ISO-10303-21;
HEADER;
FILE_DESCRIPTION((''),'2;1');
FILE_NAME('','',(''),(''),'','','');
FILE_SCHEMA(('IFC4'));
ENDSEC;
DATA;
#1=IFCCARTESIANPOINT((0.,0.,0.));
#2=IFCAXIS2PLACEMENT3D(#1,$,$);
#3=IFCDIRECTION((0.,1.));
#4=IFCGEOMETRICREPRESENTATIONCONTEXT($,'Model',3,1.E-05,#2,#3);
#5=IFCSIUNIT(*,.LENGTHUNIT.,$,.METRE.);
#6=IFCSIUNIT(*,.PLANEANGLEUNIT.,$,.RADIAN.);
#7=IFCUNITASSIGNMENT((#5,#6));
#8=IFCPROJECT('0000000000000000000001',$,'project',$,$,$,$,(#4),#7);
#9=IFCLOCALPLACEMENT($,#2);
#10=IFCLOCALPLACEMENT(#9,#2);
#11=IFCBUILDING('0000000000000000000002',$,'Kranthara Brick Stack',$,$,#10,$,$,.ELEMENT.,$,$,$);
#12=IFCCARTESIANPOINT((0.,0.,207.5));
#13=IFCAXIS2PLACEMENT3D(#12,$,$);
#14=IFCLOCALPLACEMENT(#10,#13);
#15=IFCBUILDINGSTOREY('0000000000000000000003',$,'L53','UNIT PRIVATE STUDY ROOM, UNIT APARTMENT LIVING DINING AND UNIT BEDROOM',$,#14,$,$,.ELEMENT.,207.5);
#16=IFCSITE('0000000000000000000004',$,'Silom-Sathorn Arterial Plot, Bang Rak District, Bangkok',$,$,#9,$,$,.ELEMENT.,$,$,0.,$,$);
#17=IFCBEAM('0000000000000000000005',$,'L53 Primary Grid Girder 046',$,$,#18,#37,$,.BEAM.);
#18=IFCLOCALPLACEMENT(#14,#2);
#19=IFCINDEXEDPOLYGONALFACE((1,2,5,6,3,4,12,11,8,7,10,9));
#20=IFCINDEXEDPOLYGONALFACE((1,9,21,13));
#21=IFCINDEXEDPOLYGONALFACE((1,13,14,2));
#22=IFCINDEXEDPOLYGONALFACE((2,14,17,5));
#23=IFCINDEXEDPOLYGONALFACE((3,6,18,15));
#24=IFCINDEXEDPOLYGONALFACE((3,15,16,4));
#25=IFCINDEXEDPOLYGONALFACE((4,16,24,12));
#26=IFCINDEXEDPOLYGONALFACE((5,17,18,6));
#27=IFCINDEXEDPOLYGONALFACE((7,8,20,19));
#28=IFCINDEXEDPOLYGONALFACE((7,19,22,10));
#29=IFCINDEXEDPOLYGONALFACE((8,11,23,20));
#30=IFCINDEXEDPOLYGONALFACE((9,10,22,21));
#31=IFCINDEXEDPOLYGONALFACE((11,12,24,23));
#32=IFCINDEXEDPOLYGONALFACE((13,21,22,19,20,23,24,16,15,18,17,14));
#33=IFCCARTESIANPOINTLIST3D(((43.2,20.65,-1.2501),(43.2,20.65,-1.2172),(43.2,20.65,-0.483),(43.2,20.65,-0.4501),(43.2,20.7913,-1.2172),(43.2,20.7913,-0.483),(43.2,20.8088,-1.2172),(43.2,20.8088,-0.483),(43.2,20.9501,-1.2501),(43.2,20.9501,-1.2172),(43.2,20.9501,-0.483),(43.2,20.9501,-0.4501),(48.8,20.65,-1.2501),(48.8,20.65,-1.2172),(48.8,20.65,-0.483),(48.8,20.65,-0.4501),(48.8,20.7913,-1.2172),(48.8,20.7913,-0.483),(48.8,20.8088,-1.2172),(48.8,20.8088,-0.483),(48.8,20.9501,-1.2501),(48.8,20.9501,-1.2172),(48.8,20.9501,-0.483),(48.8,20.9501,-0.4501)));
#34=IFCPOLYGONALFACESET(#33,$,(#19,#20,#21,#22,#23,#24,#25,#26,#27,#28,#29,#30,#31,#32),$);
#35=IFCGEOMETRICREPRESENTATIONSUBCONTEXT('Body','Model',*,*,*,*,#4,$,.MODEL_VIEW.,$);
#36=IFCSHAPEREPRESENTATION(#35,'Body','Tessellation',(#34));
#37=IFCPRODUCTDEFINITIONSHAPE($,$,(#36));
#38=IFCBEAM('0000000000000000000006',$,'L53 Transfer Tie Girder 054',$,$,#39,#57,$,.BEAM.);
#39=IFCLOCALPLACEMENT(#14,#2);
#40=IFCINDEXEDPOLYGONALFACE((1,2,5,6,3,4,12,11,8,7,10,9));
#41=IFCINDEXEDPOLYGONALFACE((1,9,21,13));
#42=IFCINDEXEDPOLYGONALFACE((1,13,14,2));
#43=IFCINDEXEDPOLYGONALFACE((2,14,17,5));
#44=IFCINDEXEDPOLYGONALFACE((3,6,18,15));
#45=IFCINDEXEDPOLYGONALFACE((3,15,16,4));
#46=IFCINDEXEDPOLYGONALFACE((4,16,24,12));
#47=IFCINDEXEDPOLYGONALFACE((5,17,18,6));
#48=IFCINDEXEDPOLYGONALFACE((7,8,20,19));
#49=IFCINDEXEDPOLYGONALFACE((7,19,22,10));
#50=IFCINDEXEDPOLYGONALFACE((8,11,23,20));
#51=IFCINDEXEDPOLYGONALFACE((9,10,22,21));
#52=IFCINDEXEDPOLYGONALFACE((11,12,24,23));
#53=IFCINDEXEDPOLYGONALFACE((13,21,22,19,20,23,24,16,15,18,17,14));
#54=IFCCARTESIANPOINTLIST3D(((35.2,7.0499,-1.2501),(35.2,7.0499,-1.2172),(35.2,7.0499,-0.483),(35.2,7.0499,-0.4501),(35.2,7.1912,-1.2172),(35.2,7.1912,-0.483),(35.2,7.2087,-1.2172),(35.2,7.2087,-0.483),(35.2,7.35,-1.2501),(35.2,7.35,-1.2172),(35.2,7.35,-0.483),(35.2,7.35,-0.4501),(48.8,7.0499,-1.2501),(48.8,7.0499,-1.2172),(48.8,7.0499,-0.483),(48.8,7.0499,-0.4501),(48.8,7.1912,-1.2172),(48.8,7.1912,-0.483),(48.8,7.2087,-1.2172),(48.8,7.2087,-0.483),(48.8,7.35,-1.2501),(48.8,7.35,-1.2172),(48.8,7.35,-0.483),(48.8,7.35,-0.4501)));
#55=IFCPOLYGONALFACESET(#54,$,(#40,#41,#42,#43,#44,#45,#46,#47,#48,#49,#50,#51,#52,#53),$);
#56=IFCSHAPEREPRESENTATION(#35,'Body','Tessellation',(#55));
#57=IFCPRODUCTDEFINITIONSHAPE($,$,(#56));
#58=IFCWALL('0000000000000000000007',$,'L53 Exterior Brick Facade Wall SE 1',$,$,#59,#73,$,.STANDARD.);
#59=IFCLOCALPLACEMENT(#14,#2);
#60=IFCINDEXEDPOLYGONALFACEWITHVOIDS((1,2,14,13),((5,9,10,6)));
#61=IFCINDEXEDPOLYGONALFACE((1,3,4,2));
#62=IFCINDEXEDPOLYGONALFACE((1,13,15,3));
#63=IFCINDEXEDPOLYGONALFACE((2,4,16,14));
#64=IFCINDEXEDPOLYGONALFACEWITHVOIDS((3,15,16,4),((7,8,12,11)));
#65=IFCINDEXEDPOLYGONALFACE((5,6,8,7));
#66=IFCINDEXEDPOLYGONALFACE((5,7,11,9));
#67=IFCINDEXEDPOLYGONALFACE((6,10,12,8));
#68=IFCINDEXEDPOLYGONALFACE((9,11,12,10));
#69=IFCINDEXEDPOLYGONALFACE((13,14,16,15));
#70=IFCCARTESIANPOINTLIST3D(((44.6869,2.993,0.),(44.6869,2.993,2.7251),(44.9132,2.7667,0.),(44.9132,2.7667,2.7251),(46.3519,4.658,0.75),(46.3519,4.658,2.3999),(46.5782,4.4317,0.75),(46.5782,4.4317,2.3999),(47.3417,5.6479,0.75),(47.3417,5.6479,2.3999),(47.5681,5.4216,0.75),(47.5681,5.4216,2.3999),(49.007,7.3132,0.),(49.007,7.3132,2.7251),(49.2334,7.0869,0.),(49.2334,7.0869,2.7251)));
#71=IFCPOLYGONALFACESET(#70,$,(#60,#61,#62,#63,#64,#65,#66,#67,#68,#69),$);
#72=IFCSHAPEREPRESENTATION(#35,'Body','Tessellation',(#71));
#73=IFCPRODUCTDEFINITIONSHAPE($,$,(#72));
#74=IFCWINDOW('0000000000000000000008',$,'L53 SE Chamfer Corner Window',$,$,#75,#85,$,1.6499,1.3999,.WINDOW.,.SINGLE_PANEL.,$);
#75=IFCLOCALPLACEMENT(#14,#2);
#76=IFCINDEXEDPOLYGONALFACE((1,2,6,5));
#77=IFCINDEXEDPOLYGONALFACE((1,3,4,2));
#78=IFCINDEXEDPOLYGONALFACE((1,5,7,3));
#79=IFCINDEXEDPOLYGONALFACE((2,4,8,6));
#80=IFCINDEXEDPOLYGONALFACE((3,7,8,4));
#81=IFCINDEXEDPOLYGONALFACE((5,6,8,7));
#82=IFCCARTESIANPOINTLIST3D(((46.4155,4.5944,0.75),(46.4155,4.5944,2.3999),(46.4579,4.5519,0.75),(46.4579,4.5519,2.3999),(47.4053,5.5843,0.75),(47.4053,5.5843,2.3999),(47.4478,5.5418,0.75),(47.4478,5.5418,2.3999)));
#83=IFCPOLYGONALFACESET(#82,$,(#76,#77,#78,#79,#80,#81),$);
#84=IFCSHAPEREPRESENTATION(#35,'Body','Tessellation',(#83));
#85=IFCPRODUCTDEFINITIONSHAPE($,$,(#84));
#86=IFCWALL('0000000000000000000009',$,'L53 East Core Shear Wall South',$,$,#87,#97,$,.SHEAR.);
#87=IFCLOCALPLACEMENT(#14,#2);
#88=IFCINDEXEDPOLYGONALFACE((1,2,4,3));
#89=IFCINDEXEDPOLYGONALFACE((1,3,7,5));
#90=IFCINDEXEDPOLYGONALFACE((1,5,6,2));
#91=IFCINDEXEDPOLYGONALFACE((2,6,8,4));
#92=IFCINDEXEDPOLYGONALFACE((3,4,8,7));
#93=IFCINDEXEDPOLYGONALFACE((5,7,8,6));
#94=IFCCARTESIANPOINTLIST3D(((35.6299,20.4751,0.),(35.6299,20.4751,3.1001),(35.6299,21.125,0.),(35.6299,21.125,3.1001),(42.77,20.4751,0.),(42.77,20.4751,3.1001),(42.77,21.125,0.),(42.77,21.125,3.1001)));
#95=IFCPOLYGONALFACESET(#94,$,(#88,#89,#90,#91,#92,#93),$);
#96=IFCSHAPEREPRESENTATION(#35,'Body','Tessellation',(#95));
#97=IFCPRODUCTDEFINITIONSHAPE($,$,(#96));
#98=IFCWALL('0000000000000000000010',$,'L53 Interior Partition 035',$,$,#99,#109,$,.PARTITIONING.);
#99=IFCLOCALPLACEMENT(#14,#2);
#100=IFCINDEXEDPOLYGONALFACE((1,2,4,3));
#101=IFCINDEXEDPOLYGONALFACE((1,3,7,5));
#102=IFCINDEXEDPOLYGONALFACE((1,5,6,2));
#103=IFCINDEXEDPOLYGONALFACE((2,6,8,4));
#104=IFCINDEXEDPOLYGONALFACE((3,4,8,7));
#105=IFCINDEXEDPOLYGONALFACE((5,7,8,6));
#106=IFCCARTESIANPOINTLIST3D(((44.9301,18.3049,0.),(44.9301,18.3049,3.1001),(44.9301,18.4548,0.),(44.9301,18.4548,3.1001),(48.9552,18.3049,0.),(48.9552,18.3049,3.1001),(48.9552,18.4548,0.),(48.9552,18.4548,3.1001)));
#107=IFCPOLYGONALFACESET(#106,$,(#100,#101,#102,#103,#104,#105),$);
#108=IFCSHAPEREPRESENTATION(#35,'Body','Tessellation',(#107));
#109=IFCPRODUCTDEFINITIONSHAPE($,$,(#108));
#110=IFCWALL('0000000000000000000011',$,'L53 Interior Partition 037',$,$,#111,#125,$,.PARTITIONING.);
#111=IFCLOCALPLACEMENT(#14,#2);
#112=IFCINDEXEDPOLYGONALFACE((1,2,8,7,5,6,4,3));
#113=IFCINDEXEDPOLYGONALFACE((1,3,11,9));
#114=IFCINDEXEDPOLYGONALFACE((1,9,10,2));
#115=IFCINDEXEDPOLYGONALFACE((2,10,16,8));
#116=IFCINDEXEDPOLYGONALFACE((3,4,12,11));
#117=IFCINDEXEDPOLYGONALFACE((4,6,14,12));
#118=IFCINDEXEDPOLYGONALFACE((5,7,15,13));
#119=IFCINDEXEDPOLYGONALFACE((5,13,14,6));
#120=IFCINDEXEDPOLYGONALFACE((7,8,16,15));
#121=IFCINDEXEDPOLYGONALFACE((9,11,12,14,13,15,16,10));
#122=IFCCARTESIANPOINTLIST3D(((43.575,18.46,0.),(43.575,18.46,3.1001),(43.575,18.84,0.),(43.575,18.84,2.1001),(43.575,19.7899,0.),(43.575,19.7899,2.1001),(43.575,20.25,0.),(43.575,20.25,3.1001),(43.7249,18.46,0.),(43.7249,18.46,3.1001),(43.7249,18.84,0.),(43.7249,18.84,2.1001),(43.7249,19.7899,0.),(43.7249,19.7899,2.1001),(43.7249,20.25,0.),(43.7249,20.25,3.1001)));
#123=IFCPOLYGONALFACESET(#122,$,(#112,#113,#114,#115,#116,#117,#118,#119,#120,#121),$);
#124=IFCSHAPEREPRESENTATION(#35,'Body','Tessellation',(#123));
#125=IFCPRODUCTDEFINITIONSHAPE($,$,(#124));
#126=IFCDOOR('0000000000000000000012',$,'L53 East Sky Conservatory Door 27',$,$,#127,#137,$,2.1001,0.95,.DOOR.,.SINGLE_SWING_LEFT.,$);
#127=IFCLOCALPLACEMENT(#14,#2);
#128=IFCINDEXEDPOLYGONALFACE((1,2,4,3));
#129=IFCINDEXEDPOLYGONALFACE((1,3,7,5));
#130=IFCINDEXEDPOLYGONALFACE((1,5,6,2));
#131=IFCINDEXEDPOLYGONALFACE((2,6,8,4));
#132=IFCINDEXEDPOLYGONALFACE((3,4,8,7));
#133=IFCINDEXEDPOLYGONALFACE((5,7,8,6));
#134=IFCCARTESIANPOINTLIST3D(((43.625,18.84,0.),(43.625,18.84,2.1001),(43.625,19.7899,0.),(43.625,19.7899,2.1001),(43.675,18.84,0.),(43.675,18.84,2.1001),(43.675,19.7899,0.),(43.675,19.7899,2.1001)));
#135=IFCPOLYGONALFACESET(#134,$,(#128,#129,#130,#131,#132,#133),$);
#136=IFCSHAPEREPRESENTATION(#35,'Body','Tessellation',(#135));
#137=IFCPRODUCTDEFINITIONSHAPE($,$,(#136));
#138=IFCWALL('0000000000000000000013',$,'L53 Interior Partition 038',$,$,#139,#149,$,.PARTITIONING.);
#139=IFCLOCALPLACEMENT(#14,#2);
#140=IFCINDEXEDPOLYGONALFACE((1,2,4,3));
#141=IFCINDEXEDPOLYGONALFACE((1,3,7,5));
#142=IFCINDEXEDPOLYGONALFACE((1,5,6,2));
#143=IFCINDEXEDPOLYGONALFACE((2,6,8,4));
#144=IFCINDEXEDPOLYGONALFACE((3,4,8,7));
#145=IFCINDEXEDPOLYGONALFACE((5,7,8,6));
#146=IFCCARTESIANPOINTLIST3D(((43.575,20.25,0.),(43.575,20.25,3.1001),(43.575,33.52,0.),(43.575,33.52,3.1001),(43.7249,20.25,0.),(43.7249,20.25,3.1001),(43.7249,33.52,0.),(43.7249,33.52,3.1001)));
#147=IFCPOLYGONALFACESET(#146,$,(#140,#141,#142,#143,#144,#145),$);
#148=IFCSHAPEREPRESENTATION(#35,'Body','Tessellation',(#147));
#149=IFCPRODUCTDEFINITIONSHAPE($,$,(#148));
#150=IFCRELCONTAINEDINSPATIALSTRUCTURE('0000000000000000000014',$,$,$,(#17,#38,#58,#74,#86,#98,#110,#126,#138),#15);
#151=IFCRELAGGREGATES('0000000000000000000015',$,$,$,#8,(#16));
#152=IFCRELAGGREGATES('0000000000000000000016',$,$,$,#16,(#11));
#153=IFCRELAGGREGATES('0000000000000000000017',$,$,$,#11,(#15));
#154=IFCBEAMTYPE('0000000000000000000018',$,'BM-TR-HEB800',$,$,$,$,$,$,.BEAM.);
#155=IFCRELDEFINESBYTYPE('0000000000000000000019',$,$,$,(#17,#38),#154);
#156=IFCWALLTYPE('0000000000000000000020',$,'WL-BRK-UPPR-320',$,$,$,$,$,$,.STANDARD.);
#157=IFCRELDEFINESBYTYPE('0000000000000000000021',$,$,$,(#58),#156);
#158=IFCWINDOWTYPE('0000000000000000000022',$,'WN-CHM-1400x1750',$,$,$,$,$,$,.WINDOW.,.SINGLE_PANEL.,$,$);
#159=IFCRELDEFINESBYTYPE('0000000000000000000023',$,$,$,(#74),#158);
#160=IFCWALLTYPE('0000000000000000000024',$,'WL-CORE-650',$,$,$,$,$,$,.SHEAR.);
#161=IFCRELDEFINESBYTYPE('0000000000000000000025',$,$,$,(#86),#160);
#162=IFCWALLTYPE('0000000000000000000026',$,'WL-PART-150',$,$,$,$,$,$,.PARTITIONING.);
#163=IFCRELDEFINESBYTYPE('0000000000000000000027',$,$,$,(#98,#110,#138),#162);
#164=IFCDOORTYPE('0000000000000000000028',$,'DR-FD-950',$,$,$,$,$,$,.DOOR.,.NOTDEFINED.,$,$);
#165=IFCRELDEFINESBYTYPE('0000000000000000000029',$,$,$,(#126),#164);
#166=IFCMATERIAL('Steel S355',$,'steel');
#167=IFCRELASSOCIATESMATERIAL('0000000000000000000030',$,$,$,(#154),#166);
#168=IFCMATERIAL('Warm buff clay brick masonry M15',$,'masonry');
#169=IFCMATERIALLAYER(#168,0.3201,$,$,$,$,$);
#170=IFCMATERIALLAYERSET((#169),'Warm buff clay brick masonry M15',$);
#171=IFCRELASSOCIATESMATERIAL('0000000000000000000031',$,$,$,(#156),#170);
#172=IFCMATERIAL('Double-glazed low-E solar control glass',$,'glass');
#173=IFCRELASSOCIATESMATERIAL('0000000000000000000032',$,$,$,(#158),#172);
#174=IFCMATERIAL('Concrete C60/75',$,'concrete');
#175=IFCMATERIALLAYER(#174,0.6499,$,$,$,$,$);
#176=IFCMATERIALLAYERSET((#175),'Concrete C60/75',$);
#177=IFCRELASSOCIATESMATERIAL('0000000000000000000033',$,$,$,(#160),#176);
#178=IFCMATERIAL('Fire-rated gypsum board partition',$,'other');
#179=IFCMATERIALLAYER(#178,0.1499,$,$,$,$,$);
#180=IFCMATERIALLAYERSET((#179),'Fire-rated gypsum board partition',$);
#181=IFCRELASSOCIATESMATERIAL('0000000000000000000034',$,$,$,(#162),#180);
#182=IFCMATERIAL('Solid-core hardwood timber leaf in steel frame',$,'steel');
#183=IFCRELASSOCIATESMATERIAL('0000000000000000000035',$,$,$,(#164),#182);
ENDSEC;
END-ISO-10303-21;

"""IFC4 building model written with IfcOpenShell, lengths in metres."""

from ifc_helpers import new_model, si_unit, direction, frame, frame_2d, origin, origin_2d, place, context, subcontext, project, spatial, rectangle, i_section, extrude, material, layer, layer_set, material_profile, profile_set, type_object, element, fill, save


model = new_model("IFC4")

# Units and contexts
model_context = context("Model", 3, precision=1e-05, world=origin(), true_north=direction((0.0, 1.0)))
body_context = subcontext(model_context, "Body", "Model", "MODEL_VIEW")
ifc_project = project(units=[si_unit("LENGTHUNIT", "METRE"), si_unit("PLANEANGLEUNIT", "RADIAN")], contexts=[model_context])

# Site, building, storey
site_placement = place(None, origin())
site = spatial("IfcSite", under=ifc_project, at=site_placement, Name="Silom-Sathorn Arterial Plot, Bang Rak District, Bangkok", CompositionType="ELEMENT", RefElevation=0.0)
building_placement = place(site_placement, origin())
building = spatial("IfcBuilding", under=site, at=building_placement, Name="Kranthara Brick Stack", CompositionType="ELEMENT")
storey_placement = place(building_placement, frame((0.0, 0.0, 207.5)))
storey = spatial("IfcBuildingStorey", under=building, at=storey_placement, Name="L53", Description="UNIT PRIVATE STUDY ROOM, UNIT APARTMENT LIVING DINING AND UNIT BEDROOM", CompositionType="ELEMENT", Elevation=207.5)

# Beams
ifc_material_1 = material(Name="Steel S355", Category="steel")
ifc_material_profile_1 = material_profile(ifc_material_1, i_section(OverallWidth=0.3, OverallDepth=0.8, WebThickness=0.0176, FlangeThickness=0.033, at=origin_2d()), Name="HEB 800")
ifc_profile_set_1 = profile_set([ifc_material_profile_1], Name="Steel S355")
beam_type_1 = type_object("IfcBeamType", Name="BM-TR-HEB800", PredefinedType="BEAM", material=ifc_profile_set_1)
beam_1_placement = place(storey_placement, frame((43.2, 20.8, -0.8501), z_axis=(1.0, 0.0, 0.0), x_axis=(0.0, 1.0, 0.0)))
element("IfcBeam", 1, at=beam_1_placement, inside=storey, type_object=beam_type_1, Name="L53 Primary Grid Girder 046", PredefinedType="BEAM", context=body_context, shape_type="SweptSolid", body=[
    extrude(i_section(OverallWidth=0.3, OverallDepth=0.8, WebThickness=0.0176, FlangeThickness=0.033, at=origin_2d()), origin(), (0.0, 0.0, 1.0), 5.6001),
])
beam_2_placement = place(storey_placement, frame((48.8, 7.2, -0.8501), z_axis=(-1.0, 0.0, 0.0), x_axis=(0.0, -1.0, 0.0)))
element("IfcBeam", 2, at=beam_2_placement, inside=storey, type_object=beam_type_1, Name="L53 Transfer Tie Girder 054", PredefinedType="BEAM", context=body_context, shape_type="SweptSolid", body=[
    extrude(i_section(OverallWidth=0.3, OverallDepth=0.8, WebThickness=0.0176, FlangeThickness=0.033, at=origin_2d()), origin(), (0.0, 0.0, 1.0), 13.6001),
])

# Wall, opening, window
ifc_material_2 = material(Name="Warm buff clay brick masonry M15", Category="masonry")
ifc_layer_1 = layer(ifc_material_2, 0.3201)
ifc_layer_set_1 = layer_set([ifc_layer_1], Name="Warm buff clay brick masonry M15")
wall_type_1 = type_object("IfcWallType", Name="WL-BRK-UPPR-320", PredefinedType="STANDARD", material=ifc_layer_set_1)
wall_1_placement = place(storey_placement, frame((49.1201, 7.2, 0.0), z_axis=(0.0, 0.0, 1.0), x_axis=(-0.707107, -0.707107, 0.0)))
wall_1 = element("IfcWall", 3, at=wall_1_placement, inside=storey, type_object=wall_type_1, Name="L53 Exterior Brick Facade Wall SE 1", PredefinedType="STANDARD", context=body_context, shape_type="SweptSolid", body=[
    extrude(rectangle(XDim=6.1096, YDim=0.3201, at=frame_2d((3.0547, 0.0))), origin(), (0.0, 0.0, 1.0), 2.7251),
])
opening_1_placement = place(wall_1_placement, frame((2.355, 0.0, 0.75)))
opening_1 = element("IfcOpeningElement", 4, at=opening_1_placement, cuts=wall_1, PredefinedType="OPENING", context=body_context, shape_type="SweptSolid", body=[
    extrude(rectangle(XDim=1.3999, YDim=1.6499, at=frame_2d((0.7, 0.825))), frame((0.0, 0.1699, 0.0), z_axis=(0.0, -1.0, 0.0), x_axis=(1.0, 0.0, 0.0)), (0.0, 0.0, 1.0), 0.3401),
])
ifc_material_3 = material(Name="Double-glazed low-E solar control glass", Category="glass")
window_type = type_object("IfcWindowType", Name="WN-CHM-1400x1750", PartitioningType="SINGLE_PANEL", PredefinedType="WINDOW", material=ifc_material_3)
window_placement = place(opening_1_placement, origin())
window = element("IfcWindow", 5, at=window_placement, inside=storey, type_object=window_type, Name="L53 SE Chamfer Corner Window", OverallHeight=1.6499, OverallWidth=1.3999, PartitioningType="SINGLE_PANEL", PredefinedType="WINDOW", context=body_context, shape_type="SweptSolid", body=[
    extrude(rectangle(XDim=1.3999, YDim=1.6499, at=frame_2d((0.7, 0.825))), frame((0.0, -0.01, 0.0), z_axis=(0.0, -1.0, 0.0), x_axis=(1.0, 0.0, 0.0)), (0.0, 0.0, 1.0), 0.0601),
])
fill(opening_1, window)

# Walls
ifc_material_4 = material(Name="Concrete C60/75", Category="concrete")
ifc_layer_2 = layer(ifc_material_4, 0.6499)
ifc_layer_set_2 = layer_set([ifc_layer_2], Name="Concrete C60/75")
wall_type_2 = type_object("IfcWallType", Name="WL-CORE-650", PredefinedType="SHEAR", material=ifc_layer_set_2)
wall_2_placement = place(storey_placement, frame((35.6299, 20.8, 0.0), z_axis=(0.0, 0.0, 1.0), x_axis=(1.0, 0.0, 0.0)))
element("IfcWall", 6, at=wall_2_placement, inside=storey, type_object=wall_type_2, Name="L53 East Core Shear Wall South", PredefinedType="SHEAR", context=body_context, shape_type="SweptSolid", body=[
    extrude(rectangle(XDim=7.1401, YDim=0.6499, at=frame_2d((3.5701, 0.0))), origin(), (0.0, 0.0, 1.0), 3.1001),
])
ifc_material_5 = material(Name="Fire-rated gypsum board partition", Category="other")
ifc_layer_3 = layer(ifc_material_5, 0.1499)
ifc_layer_set_3 = layer_set([ifc_layer_3], Name="Fire-rated gypsum board partition")
wall_type_3 = type_object("IfcWallType", Name="WL-PART-150", PredefinedType="PARTITIONING", material=ifc_layer_set_3)
wall_3_placement = place(storey_placement, frame((44.9299, 18.3799, 0.0), z_axis=(0.0, 0.0, 1.0), x_axis=(1.0, 0.0, 0.0)))
element("IfcWall", 7, at=wall_3_placement, inside=storey, type_object=wall_type_3, Name="L53 Interior Partition 035", PredefinedType="PARTITIONING", context=body_context, shape_type="SweptSolid", body=[
    extrude(rectangle(XDim=4.0251, YDim=0.1499, at=frame_2d((2.0127, 0.0))), origin(), (0.0, 0.0, 1.0), 3.1001),
])

# Wall, opening, door
wall_4_placement = place(storey_placement, frame((43.6499, 18.46, 0.0), z_axis=(0.0, 0.0, 1.0), x_axis=(0.0, 1.0, 0.0)))
wall_4 = element("IfcWall", 8, at=wall_4_placement, inside=storey, type_object=wall_type_3, Name="L53 Interior Partition 037", PredefinedType="PARTITIONING", context=body_context, shape_type="SweptSolid", body=[
    extrude(rectangle(XDim=1.79, YDim=0.1499, at=frame_2d((0.895, 0.0))), origin(), (0.0, 0.0, 1.0), 3.1001),
])
opening_2_placement = place(wall_4_placement, frame((0.3799, 0.0, 0.0)))
opening_2 = element("IfcOpeningElement", 9, at=opening_2_placement, cuts=wall_4, PredefinedType="OPENING", context=body_context, shape_type="SweptSolid", body=[
    extrude(rectangle(XDim=0.95, YDim=2.1001, at=frame_2d((0.4751, 1.05))), frame((0.0, 0.085, 0.0), z_axis=(0.0, -1.0, 0.0), x_axis=(1.0, 0.0, 0.0)), (0.0, 0.0, 1.0), 0.1699),
])
ifc_material_6 = material(Name="Solid-core hardwood timber leaf in steel frame", Category="steel")
door_type_1 = type_object("IfcDoorType", Name="DR-FD-950", OperationType="NOTDEFINED", PredefinedType="DOOR", material=ifc_material_6)
door_1_placement = place(opening_2_placement, origin())
door_1 = element("IfcDoor", 10, at=door_1_placement, inside=storey, type_object=door_type_1, Name="L53 East Sky Conservatory Door 27", OperationType="SINGLE_SWING_LEFT", OverallHeight=2.1001, OverallWidth=0.95, PredefinedType="DOOR", context=body_context, shape_type="SweptSolid", body=[
    extrude(rectangle(XDim=0.95, YDim=2.1001, at=frame_2d((0.4751, 1.05))), frame((0.0, 0.0249, 0.0), z_axis=(0.0, -1.0, 0.0), x_axis=(1.0, 0.0, 0.0)), (0.0, 0.0, 1.0), 0.05),
])
fill(opening_2, door_1)

# Wall
wall_5_placement = place(storey_placement, frame((43.6499, 20.25, 0.0), z_axis=(0.0, 0.0, 1.0), x_axis=(0.0, 1.0, 0.0)))
element("IfcWall", 11, at=wall_5_placement, inside=storey, type_object=wall_type_3, Name="L53 Interior Partition 038", PredefinedType="PARTITIONING", context=body_context, shape_type="SweptSolid", body=[
    extrude(rectangle(XDim=13.27, YDim=0.1499, at=frame_2d((6.635, 0.0))), origin(), (0.0, 0.0, 1.0), 3.1001),
])

save(model, "model.ifc")
